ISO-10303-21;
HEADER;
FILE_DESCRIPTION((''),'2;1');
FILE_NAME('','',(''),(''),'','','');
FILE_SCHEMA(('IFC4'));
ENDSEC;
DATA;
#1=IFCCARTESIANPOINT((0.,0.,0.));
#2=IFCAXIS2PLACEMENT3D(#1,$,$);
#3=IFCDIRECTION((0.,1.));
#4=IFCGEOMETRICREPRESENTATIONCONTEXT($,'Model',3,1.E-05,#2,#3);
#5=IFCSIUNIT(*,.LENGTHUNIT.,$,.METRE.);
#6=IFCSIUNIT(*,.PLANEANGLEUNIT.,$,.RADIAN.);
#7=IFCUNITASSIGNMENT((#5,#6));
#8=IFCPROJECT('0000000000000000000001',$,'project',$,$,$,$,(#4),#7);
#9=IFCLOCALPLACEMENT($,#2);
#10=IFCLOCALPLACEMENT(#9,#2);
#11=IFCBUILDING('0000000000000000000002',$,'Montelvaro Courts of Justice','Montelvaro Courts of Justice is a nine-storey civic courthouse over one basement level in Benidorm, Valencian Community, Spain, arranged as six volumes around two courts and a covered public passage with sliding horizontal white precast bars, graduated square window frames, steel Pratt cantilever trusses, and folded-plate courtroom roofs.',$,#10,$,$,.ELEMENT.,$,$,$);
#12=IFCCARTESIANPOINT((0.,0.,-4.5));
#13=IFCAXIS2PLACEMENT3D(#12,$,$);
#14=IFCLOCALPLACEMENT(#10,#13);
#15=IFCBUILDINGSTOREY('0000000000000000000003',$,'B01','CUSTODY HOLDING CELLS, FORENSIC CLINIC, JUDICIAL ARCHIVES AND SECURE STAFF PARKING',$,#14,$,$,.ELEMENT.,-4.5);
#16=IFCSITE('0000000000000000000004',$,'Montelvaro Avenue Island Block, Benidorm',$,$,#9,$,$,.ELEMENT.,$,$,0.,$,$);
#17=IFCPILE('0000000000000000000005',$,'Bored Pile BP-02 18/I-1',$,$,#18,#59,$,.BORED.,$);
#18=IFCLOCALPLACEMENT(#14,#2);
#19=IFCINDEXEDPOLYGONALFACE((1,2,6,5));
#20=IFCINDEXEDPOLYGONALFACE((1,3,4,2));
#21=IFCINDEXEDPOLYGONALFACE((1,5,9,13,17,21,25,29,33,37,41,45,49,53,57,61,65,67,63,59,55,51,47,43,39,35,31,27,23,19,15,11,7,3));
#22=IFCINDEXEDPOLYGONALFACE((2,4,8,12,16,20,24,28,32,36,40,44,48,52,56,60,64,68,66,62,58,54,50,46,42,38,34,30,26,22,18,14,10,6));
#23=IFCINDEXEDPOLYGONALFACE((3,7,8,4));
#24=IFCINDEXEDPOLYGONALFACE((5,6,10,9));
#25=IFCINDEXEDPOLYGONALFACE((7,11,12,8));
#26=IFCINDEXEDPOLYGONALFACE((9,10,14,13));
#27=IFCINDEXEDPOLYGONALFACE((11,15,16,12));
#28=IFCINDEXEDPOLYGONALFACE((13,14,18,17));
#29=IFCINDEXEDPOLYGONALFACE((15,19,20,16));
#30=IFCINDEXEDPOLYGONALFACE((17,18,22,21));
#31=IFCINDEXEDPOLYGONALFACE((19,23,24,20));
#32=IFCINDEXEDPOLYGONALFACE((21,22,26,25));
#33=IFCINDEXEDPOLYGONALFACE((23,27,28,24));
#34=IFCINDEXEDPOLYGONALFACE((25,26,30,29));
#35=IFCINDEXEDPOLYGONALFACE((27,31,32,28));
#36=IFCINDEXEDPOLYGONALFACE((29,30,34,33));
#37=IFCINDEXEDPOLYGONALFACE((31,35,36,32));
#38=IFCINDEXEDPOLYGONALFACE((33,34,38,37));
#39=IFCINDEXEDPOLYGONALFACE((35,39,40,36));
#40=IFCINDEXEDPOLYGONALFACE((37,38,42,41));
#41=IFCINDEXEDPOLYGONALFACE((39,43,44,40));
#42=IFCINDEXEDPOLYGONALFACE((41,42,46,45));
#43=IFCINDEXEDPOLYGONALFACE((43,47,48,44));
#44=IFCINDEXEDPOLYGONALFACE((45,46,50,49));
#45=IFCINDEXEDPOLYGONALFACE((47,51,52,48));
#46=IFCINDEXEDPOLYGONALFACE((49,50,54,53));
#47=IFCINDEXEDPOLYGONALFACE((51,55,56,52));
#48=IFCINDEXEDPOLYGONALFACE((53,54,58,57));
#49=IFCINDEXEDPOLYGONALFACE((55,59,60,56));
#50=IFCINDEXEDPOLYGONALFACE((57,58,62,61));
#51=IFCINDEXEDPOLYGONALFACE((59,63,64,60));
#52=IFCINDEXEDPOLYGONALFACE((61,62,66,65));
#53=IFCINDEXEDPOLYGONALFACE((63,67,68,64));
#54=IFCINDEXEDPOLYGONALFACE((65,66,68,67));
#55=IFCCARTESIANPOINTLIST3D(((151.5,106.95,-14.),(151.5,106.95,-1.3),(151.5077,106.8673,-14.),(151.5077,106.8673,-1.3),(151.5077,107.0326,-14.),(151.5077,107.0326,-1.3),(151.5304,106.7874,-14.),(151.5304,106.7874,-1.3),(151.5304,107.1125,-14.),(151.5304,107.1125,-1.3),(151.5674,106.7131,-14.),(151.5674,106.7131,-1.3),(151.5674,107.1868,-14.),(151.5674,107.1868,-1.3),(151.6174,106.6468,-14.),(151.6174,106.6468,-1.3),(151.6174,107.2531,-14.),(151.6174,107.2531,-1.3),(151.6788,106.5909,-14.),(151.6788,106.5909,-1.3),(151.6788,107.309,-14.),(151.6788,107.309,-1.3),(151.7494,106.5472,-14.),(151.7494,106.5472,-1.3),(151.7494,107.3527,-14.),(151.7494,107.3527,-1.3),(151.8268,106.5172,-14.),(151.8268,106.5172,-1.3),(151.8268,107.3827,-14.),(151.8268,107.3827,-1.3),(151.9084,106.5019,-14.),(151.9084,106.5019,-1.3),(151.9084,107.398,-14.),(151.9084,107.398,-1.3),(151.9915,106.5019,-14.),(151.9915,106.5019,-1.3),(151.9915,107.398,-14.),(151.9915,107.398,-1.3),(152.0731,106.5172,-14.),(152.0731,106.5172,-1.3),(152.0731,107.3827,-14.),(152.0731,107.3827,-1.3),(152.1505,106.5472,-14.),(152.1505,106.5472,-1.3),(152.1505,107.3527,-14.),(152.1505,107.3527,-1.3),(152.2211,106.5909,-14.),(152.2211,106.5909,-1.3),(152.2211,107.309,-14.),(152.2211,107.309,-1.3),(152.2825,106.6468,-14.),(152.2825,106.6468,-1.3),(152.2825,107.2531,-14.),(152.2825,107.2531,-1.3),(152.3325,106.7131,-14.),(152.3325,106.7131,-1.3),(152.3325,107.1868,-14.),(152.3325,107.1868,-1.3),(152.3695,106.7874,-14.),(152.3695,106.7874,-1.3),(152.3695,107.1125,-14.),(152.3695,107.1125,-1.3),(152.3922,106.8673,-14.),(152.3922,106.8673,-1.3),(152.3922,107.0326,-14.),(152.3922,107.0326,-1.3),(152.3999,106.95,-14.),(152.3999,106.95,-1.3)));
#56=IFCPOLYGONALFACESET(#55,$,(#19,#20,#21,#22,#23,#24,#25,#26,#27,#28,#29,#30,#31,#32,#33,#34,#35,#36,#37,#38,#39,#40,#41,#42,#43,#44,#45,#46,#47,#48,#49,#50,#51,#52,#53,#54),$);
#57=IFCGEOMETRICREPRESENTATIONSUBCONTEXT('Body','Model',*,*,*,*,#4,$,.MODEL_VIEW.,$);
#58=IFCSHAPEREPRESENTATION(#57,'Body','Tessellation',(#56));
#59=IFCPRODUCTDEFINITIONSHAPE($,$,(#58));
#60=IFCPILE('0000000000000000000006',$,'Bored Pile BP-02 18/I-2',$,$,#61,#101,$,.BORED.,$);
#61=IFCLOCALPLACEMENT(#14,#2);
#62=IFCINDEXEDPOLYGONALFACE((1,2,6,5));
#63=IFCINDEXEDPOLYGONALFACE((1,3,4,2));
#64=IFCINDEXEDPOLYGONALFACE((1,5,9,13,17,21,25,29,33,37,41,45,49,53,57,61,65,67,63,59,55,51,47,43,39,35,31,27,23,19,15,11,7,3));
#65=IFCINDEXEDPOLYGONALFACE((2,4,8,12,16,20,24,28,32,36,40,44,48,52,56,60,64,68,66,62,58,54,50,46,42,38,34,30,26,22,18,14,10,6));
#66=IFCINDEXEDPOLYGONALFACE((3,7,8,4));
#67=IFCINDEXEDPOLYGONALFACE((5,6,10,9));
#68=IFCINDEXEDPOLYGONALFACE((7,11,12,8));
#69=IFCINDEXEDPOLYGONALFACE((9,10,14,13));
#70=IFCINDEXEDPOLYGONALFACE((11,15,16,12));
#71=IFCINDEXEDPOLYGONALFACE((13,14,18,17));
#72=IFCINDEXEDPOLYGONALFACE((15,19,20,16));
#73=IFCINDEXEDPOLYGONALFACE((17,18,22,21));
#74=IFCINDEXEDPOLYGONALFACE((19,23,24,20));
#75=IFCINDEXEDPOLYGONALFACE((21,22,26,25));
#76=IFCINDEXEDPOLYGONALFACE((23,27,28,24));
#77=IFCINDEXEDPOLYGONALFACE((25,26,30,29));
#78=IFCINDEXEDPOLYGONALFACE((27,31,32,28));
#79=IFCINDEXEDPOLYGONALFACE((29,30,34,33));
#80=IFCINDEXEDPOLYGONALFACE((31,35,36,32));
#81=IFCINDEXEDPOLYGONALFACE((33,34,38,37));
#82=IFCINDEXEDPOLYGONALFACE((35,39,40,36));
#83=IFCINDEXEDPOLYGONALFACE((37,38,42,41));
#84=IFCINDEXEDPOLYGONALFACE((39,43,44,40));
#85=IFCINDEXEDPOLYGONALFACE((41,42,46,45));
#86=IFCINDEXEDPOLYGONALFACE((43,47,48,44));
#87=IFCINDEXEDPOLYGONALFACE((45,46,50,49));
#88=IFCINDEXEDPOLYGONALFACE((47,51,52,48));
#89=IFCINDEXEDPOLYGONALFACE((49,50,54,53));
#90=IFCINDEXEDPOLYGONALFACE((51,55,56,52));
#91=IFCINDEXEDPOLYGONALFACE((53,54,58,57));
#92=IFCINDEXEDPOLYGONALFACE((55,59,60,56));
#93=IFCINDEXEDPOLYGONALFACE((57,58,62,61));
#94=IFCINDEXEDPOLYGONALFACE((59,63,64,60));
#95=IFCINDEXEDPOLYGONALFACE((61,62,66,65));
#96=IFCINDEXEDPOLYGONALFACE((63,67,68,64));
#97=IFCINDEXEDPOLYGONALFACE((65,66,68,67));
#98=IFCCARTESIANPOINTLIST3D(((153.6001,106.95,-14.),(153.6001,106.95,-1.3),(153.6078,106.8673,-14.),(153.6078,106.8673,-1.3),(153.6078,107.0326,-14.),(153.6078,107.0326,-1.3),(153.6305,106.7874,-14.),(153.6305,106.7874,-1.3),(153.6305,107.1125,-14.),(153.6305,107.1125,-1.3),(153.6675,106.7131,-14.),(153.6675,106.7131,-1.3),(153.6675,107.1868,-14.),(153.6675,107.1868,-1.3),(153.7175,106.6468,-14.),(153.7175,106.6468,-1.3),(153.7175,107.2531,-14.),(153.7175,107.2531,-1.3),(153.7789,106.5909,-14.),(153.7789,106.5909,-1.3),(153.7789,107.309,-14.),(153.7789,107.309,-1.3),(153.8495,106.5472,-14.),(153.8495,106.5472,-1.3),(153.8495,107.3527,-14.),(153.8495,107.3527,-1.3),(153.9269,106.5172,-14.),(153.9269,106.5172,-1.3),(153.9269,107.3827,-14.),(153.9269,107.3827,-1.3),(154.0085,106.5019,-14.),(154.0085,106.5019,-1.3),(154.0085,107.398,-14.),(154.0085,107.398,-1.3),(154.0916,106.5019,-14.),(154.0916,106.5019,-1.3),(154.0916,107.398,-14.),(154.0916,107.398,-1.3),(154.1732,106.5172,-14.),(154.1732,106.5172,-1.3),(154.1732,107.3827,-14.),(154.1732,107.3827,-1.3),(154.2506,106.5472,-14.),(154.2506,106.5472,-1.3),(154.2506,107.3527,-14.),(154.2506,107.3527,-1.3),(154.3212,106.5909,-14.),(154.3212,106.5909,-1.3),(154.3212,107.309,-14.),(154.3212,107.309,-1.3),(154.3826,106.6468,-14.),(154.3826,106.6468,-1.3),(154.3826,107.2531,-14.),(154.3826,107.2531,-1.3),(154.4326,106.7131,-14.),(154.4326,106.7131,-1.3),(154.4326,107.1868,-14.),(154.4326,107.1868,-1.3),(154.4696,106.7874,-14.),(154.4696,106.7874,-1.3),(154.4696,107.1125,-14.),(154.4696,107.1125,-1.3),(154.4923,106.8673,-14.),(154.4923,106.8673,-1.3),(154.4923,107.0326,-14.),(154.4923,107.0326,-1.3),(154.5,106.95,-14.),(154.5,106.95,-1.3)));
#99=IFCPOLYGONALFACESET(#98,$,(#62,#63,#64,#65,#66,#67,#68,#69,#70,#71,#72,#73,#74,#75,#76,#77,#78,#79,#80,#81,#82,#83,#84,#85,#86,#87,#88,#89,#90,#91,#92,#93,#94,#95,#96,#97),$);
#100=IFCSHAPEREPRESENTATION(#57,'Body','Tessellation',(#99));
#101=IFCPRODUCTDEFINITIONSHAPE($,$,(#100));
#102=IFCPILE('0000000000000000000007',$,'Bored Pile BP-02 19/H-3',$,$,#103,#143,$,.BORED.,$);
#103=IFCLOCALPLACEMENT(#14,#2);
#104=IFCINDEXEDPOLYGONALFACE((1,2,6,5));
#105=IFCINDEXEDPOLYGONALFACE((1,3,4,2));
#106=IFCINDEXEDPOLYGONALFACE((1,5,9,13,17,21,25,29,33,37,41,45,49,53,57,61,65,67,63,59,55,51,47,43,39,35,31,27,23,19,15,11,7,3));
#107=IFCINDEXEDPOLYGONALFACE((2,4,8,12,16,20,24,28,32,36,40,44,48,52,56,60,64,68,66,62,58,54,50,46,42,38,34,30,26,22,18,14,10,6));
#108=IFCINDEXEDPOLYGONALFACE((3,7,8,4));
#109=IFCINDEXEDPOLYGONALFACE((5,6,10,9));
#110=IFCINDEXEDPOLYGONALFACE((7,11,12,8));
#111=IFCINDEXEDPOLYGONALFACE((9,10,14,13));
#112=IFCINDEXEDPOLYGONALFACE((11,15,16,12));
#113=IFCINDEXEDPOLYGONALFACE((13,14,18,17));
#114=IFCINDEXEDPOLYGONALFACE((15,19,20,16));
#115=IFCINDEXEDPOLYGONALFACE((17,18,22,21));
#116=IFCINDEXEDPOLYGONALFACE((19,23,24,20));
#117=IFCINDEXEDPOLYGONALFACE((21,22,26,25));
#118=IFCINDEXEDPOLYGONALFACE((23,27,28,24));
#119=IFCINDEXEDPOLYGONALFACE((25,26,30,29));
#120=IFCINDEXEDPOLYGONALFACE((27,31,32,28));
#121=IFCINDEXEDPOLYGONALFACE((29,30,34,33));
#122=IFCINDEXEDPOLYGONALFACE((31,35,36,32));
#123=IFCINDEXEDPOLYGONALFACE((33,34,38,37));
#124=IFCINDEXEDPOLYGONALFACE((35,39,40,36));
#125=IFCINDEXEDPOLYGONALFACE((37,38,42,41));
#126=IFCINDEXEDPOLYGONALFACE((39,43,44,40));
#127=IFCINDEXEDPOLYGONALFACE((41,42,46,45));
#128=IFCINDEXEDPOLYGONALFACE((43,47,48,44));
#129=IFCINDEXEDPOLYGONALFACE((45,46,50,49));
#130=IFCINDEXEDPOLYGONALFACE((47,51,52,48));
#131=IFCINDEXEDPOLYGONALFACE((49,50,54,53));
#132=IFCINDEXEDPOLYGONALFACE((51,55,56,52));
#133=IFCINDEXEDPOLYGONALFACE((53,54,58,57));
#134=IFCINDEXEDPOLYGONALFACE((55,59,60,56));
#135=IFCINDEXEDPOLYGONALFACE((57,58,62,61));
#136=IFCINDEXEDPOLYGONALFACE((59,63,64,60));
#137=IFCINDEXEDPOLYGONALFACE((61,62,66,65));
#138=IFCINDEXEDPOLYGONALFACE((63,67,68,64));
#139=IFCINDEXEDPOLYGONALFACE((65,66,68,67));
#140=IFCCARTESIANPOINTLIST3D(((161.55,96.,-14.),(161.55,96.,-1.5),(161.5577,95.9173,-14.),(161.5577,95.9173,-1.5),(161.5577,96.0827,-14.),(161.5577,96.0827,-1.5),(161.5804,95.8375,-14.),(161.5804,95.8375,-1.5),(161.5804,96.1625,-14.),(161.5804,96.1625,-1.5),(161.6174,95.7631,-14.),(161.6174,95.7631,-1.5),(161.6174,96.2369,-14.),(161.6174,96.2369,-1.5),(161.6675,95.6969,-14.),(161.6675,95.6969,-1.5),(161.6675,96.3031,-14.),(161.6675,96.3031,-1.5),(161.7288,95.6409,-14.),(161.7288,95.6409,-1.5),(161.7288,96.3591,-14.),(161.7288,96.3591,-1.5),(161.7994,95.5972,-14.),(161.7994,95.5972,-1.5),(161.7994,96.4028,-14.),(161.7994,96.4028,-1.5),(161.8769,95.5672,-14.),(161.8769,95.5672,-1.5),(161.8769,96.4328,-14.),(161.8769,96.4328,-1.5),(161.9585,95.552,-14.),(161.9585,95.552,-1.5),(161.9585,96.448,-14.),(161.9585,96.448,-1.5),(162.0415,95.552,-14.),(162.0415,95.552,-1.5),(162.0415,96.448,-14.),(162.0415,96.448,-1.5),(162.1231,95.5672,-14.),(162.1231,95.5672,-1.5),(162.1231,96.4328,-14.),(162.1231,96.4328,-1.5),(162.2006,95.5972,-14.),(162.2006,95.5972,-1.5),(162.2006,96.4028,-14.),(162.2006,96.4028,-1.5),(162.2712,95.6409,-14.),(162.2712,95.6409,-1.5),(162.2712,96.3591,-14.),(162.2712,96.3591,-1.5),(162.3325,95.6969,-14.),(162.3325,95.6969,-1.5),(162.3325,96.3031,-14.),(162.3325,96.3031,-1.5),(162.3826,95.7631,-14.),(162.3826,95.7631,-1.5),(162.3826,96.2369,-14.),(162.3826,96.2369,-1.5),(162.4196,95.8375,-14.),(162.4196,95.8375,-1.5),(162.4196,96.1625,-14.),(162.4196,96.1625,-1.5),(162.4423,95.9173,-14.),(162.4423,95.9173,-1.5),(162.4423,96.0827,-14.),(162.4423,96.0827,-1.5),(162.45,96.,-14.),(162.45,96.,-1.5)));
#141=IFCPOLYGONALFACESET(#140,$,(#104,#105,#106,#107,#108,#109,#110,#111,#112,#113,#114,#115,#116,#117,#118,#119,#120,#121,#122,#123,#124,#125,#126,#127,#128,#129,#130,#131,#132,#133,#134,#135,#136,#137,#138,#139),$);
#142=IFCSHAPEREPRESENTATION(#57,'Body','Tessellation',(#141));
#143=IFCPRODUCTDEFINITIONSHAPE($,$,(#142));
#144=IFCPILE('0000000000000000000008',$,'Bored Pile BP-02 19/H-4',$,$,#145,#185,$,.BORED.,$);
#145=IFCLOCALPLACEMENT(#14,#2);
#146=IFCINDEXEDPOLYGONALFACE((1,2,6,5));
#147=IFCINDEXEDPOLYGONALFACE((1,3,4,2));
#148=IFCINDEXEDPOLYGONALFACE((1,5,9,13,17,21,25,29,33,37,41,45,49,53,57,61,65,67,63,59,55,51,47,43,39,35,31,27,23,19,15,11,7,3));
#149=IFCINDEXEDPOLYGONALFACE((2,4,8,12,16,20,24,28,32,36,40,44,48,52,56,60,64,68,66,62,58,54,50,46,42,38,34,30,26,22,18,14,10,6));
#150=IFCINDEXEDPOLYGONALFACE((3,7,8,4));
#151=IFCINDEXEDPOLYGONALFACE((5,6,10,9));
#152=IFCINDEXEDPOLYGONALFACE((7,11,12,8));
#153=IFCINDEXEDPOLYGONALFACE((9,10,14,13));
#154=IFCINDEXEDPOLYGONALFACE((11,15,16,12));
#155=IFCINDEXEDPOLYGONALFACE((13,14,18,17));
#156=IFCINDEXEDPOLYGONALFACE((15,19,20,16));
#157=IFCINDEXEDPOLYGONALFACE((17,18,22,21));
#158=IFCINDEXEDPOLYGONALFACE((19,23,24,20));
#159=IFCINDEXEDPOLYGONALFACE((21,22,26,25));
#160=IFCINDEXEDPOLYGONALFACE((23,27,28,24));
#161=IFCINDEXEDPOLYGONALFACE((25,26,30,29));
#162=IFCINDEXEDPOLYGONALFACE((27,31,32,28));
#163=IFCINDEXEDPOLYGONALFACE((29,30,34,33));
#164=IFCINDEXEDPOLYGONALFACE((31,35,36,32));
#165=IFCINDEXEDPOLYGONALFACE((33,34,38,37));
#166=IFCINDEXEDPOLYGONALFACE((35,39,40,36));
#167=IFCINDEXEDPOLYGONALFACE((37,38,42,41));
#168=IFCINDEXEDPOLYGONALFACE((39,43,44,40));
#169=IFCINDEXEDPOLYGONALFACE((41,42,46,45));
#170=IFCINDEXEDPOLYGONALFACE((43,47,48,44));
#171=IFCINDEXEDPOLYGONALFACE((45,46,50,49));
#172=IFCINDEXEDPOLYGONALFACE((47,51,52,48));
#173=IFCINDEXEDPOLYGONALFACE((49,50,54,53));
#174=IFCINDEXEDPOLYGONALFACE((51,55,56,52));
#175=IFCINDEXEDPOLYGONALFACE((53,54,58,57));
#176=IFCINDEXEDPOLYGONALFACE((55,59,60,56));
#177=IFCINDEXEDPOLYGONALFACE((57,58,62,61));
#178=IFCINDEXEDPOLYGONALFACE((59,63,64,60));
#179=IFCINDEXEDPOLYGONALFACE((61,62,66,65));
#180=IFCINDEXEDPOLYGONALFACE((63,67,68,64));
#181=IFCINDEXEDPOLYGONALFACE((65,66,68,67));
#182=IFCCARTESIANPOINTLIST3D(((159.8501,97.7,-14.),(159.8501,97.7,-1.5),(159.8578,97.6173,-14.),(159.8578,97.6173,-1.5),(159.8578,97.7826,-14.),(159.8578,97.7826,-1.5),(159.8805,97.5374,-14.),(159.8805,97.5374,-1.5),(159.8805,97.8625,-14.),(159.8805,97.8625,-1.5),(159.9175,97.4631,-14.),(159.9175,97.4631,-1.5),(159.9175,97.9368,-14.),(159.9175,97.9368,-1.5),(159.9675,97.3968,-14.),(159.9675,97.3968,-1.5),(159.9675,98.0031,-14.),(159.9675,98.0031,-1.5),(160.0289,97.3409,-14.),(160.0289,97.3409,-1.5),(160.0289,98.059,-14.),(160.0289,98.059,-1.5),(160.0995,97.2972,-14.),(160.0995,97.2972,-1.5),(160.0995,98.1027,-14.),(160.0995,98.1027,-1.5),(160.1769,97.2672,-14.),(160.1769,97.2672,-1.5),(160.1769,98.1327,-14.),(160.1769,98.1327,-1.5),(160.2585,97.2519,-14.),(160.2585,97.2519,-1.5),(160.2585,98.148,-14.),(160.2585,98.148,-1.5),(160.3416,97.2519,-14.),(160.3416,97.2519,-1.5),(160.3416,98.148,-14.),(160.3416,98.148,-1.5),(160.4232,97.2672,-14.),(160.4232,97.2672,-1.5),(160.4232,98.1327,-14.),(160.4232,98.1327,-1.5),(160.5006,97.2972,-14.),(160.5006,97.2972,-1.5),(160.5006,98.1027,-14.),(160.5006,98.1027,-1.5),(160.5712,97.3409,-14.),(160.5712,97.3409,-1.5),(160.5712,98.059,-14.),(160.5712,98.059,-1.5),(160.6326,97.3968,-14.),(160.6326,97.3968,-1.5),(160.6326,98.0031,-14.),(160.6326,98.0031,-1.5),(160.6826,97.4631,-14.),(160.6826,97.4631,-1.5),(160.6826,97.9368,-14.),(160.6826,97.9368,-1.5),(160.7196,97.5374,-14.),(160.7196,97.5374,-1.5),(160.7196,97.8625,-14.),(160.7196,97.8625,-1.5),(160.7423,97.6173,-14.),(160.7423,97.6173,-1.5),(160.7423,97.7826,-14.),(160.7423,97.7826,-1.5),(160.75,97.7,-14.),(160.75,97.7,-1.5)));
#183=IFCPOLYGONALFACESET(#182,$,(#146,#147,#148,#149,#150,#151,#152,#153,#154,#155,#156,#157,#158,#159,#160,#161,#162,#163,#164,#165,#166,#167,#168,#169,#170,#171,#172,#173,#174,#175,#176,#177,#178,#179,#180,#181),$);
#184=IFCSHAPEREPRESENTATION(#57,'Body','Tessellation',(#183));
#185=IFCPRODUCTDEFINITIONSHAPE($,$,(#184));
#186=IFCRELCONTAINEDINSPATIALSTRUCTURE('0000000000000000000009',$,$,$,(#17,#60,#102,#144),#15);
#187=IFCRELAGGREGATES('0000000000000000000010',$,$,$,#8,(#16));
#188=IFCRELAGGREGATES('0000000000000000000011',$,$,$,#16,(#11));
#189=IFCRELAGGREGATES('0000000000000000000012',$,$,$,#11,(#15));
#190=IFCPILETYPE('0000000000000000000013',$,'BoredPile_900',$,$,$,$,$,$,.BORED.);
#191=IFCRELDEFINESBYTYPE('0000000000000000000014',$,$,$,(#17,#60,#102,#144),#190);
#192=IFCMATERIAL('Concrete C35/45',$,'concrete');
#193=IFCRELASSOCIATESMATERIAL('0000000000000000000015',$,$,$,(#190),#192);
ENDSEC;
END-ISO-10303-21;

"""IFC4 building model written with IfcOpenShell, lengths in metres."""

from ifc_helpers import new_model, si_unit, direction, frame, origin, origin_2d, place, context, subcontext, project, spatial, circle, extrude, material, material_profile, profile_set, type_object, element, save


model = new_model("IFC4")

# Units and contexts
model_context = context("Model", 3, precision=1e-05, world=origin(), true_north=direction((0.0, 1.0)))
body_context = subcontext(model_context, "Body", "Model", "MODEL_VIEW")
ifc_project = project(units=[si_unit("LENGTHUNIT", "METRE"), si_unit("PLANEANGLEUNIT", "RADIAN")], contexts=[model_context])

# Site, building, storey
site_placement = place(None, origin())
site = spatial("IfcSite", under=ifc_project, at=site_placement, Name="Montelvaro Avenue Island Block, Benidorm", CompositionType="ELEMENT", RefElevation=0.0)
building_placement = place(site_placement, origin())
building = spatial("IfcBuilding", under=site, at=building_placement, Name="Montelvaro Courts of Justice", Description="Montelvaro Courts of Justice is a nine-storey civic courthouse over one basement level in Benidorm, Valencian Community, Spain, arranged as six volumes around two courts and a covered public passage with sliding horizontal white precast bars, graduated square window frames, steel Pratt cantilever trusses, and folded-plate courtroom roofs.", CompositionType="ELEMENT")
storey_placement = place(building_placement, frame((0.0, 0.0, -4.5)))
storey = spatial("IfcBuildingStorey", under=building, at=storey_placement, Name="B01", Description="CUSTODY HOLDING CELLS, FORENSIC CLINIC, JUDICIAL ARCHIVES AND SECURE STAFF PARKING", CompositionType="ELEMENT", Elevation=-4.5)

# Piles
ifc_material_1 = material(Name="Concrete C35/45", Category="concrete")
ifc_material_profile_1 = material_profile(ifc_material_1, circle(Radius=0.45, at=origin_2d()), Name="BORED PILE D900")
ifc_profile_set_1 = profile_set([ifc_material_profile_1], Name="Concrete C35/45")
pile_type_1 = type_object("IfcPileType", Name="BoredPile_900", PredefinedType="BORED", material=ifc_profile_set_1)
for number, where, z_axis, x_axis, name in (
    (1, (151.95, 106.95, -1.3), (0.0, 0.0, -1.0), (1.0, 0.0, 0.0), "Bored Pile BP-02 18/I-1"),
    (2, (154.05, 106.95, -1.3), (0.0, 0.0, -1.0), (1.0, 0.0, 0.0), "Bored Pile BP-02 18/I-2"),
):
    element("IfcPile", number, at=place(storey_placement, frame(where, z_axis=z_axis, x_axis=x_axis)), inside=storey, type_object=pile_type_1, Name=name, PredefinedType="BORED", context=body_context, shape_type="SweptSolid", body=[
        extrude(circle(Radius=0.45, at=origin_2d()), origin(), (0.0, 0.0, 1.0), 12.7),
    ])
for number, where, z_axis, x_axis, name in (
    (3, (162.0, 96.0, -1.5), (0.0, 0.0, -1.0), (1.0, 0.0, 0.0), "Bored Pile BP-02 19/H-3"),
    (4, (160.3, 97.7, -1.5), (0.0, 0.0, -1.0), (1.0, 0.0, 0.0), "Bored Pile BP-02 19/H-4"),
):
    element("IfcPile", number, at=place(storey_placement, frame(where, z_axis=z_axis, x_axis=x_axis)), inside=storey, type_object=pile_type_1, Name=name, PredefinedType="BORED", context=body_context, shape_type="SweptSolid", body=[
        extrude(circle(Radius=0.45, at=origin_2d()), origin(), (0.0, 0.0, 1.0), 12.5),
    ])

save(model, "model.ifc")
